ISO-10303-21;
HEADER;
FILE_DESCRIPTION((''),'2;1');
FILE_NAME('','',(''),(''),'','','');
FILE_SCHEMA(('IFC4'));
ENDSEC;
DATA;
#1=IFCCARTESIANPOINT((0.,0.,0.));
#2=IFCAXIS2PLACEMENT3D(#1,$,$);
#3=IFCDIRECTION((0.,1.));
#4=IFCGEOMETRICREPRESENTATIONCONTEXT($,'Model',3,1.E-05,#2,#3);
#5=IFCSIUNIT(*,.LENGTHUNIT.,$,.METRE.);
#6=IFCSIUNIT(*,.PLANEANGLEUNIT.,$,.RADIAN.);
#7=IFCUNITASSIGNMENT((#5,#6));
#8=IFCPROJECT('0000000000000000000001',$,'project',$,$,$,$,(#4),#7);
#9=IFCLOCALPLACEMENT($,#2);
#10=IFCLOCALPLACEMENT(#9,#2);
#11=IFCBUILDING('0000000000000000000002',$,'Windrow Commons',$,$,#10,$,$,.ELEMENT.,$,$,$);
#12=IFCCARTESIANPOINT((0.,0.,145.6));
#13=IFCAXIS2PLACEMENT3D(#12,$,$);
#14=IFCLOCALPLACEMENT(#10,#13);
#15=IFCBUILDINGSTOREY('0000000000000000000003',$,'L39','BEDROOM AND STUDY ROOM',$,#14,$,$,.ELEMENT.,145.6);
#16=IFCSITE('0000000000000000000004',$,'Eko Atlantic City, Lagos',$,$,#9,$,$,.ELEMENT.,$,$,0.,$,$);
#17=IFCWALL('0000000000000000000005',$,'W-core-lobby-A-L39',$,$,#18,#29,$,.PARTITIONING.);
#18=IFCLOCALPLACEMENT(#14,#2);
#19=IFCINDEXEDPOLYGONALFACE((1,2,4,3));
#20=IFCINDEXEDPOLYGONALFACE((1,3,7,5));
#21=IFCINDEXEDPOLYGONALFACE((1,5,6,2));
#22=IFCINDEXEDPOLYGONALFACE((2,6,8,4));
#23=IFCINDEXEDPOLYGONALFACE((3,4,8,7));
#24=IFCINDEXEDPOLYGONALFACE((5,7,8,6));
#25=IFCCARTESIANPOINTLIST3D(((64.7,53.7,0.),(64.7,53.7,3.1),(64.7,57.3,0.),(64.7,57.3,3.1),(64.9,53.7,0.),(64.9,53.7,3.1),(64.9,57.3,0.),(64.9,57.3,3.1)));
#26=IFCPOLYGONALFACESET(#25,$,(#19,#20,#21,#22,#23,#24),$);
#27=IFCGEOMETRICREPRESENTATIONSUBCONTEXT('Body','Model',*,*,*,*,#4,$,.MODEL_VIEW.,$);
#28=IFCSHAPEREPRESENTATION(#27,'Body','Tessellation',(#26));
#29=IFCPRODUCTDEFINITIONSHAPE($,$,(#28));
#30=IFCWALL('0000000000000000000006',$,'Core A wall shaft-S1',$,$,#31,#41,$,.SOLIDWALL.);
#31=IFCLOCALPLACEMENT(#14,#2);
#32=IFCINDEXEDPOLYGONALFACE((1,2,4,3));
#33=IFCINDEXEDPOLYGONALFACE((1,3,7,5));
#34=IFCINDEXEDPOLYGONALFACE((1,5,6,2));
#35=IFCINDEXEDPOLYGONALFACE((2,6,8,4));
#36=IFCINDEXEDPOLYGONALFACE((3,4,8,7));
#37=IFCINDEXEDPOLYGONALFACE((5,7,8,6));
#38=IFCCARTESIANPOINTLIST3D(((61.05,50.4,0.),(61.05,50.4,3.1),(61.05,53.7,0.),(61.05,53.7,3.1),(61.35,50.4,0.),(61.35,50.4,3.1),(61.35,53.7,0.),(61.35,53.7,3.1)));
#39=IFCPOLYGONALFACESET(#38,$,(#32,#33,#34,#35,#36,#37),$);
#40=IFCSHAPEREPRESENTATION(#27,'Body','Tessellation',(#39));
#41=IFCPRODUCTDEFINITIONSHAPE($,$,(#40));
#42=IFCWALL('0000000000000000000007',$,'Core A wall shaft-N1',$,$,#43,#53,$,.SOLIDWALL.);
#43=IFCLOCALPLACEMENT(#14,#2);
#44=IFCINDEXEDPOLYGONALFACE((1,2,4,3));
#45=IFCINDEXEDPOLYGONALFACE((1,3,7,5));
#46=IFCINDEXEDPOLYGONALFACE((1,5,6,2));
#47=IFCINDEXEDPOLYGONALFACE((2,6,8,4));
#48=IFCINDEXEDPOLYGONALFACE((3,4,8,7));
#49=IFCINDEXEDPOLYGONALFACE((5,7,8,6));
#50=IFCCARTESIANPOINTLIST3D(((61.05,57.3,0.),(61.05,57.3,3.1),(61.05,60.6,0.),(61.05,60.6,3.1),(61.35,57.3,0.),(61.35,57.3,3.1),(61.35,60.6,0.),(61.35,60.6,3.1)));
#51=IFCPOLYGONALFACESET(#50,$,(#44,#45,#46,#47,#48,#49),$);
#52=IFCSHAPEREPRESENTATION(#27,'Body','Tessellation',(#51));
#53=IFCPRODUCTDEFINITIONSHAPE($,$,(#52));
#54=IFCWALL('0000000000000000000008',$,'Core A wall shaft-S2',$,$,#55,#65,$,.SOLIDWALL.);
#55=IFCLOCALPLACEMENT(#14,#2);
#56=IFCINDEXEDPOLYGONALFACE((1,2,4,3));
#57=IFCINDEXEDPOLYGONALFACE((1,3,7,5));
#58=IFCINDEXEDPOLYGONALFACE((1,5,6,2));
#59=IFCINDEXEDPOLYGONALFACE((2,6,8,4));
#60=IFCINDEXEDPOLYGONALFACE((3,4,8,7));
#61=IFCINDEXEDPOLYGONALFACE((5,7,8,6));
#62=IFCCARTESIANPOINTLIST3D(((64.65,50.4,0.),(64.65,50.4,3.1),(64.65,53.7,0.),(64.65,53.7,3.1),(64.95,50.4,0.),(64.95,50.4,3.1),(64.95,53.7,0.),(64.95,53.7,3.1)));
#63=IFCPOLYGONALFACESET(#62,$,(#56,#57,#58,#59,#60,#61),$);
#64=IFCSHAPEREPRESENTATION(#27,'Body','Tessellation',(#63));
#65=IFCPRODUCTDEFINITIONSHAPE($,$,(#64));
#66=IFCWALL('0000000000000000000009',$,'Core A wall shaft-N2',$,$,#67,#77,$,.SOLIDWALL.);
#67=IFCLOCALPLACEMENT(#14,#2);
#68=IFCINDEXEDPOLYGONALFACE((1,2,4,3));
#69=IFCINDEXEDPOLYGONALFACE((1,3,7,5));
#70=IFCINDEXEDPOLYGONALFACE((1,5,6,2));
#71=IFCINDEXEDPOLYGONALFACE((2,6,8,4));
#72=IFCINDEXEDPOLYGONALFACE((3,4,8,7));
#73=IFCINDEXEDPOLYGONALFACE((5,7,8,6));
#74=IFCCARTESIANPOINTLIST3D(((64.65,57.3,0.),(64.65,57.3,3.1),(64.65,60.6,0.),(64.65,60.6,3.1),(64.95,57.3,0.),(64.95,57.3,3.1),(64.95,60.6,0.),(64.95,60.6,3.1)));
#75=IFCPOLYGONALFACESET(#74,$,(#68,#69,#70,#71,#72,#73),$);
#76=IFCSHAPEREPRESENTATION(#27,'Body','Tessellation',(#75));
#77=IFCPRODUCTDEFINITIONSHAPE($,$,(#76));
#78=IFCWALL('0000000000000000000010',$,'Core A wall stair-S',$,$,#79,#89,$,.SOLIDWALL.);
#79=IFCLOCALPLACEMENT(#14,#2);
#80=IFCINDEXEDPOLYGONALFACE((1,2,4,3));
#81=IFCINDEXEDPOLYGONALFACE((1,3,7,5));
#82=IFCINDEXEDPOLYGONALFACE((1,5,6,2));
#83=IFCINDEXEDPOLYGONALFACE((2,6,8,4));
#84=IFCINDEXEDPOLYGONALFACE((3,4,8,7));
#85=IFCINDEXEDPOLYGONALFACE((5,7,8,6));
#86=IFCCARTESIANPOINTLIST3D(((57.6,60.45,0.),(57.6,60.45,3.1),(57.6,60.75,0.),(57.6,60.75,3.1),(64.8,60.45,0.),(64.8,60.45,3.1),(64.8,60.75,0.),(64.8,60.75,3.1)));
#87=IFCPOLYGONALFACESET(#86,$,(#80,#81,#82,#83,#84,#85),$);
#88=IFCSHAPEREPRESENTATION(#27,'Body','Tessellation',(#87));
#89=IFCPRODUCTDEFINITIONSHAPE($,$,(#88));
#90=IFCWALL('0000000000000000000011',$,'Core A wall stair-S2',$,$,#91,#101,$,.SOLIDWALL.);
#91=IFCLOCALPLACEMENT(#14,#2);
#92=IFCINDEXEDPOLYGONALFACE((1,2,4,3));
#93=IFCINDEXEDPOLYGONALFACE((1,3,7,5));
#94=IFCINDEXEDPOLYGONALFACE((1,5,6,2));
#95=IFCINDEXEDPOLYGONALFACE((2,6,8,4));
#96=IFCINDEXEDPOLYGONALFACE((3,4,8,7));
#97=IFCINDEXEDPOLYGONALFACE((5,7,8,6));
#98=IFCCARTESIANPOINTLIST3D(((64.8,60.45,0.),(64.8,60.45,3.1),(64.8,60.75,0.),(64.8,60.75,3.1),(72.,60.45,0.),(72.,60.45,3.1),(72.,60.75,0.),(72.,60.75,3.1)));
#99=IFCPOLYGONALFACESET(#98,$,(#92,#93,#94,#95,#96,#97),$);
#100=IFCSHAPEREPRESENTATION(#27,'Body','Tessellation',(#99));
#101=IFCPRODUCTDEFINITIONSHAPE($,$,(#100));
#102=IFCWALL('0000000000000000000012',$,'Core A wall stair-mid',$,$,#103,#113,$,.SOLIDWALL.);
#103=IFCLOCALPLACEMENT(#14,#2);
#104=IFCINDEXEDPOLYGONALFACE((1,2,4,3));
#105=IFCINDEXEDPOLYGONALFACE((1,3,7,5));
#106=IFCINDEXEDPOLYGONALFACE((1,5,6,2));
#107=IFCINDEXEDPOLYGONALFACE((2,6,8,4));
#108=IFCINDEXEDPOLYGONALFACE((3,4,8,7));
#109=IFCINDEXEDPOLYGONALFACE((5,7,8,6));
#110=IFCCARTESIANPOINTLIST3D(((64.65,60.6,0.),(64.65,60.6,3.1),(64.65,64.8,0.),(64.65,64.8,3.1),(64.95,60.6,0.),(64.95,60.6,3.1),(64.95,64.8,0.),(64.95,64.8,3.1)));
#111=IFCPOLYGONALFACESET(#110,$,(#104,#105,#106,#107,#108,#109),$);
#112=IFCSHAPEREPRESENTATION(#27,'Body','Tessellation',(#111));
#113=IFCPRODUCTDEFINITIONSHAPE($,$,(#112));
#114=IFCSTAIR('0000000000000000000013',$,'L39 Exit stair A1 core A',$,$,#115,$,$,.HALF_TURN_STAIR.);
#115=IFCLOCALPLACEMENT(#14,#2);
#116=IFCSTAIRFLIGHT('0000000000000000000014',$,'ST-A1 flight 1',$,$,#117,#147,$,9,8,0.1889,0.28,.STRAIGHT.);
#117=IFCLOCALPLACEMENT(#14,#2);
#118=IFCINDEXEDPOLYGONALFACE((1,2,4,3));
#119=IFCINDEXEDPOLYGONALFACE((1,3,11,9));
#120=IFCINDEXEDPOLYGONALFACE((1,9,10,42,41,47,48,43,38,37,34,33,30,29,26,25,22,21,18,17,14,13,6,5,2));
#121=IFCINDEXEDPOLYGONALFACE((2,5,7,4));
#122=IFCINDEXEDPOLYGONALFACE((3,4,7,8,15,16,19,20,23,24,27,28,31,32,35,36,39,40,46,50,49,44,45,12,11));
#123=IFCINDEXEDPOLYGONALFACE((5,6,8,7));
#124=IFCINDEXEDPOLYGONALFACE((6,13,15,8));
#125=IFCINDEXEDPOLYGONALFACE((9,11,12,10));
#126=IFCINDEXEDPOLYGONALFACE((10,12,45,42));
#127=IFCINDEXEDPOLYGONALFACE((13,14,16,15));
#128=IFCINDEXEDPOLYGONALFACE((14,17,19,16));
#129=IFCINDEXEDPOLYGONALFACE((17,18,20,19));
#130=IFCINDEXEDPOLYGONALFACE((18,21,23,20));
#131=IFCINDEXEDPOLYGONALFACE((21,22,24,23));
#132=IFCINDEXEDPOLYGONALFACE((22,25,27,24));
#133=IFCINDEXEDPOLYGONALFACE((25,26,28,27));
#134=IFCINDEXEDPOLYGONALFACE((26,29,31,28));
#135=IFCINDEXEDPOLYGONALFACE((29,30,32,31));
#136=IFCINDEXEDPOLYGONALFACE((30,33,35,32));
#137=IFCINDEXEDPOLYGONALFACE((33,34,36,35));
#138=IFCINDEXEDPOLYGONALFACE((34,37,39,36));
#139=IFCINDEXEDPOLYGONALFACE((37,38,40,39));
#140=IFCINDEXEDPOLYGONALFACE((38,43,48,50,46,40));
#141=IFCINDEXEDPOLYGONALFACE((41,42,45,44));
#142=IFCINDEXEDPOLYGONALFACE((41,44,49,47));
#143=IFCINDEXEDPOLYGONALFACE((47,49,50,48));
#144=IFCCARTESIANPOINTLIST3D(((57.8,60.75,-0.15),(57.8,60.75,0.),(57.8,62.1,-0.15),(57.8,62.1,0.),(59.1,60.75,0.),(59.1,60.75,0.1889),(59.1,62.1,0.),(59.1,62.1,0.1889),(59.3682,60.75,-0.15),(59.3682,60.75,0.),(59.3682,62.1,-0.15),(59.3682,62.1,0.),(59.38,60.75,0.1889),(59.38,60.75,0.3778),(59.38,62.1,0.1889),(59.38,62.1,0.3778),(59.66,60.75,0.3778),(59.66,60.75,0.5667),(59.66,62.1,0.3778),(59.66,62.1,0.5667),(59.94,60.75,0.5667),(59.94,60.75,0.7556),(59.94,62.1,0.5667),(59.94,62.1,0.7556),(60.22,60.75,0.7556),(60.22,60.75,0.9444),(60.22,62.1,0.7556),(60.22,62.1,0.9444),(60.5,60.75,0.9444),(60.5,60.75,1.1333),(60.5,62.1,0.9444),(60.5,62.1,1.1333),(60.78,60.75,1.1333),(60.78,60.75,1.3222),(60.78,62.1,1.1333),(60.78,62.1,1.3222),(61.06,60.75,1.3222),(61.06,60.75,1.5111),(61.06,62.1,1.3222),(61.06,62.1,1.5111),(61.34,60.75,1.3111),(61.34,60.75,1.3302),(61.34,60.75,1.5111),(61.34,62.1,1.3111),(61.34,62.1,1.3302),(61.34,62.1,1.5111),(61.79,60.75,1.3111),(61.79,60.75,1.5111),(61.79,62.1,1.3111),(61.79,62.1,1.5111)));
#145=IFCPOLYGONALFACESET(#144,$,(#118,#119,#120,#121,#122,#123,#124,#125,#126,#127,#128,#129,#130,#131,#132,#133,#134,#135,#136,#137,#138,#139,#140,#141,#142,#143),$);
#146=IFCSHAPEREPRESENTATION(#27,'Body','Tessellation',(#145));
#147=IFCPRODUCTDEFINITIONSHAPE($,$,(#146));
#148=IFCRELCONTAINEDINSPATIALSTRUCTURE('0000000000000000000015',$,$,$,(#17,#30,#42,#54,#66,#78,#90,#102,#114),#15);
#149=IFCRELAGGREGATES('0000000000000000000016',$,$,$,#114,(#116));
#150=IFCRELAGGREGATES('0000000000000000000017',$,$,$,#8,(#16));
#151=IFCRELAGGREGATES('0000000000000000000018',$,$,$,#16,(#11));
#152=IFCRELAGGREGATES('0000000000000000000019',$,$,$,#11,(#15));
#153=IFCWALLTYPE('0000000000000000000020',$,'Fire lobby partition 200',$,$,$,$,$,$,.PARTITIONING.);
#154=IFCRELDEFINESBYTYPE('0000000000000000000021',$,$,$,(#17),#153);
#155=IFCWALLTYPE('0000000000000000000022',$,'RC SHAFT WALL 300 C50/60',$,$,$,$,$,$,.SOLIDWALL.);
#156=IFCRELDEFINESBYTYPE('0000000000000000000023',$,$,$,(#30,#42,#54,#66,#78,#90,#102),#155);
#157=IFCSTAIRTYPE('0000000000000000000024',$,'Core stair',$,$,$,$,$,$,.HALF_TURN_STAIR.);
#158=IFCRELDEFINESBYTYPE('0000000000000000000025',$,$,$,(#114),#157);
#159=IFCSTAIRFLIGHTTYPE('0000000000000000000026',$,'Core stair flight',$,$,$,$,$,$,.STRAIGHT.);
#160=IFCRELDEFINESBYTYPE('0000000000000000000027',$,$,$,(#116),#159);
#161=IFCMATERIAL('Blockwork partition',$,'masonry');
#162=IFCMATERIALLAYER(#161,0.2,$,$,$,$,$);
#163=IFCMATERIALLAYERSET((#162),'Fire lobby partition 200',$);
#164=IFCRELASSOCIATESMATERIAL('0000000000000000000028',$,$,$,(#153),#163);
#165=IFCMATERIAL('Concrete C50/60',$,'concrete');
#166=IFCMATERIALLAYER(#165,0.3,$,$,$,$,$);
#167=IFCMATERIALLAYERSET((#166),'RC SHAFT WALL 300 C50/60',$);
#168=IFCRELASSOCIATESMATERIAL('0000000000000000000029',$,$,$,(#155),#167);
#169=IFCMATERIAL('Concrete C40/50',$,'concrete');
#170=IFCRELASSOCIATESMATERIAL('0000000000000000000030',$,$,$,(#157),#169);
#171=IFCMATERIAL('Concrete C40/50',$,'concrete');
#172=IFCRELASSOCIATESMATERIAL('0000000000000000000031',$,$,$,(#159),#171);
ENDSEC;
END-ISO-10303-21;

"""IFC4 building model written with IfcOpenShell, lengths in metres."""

from ifc_helpers import new_model, si_unit, direction, frame, frame_2d, origin, place, context, subcontext, project, spatial, polyline, rectangle, outline, extrude, material, layer, layer_set, type_object, element, aggregate, save


model = new_model("IFC4")

# Units and contexts
model_context = context("Model", 3, precision=1e-05, world=origin(), true_north=direction((0.0, 1.0)))
body_context = subcontext(model_context, "Body", "Model", "MODEL_VIEW")
ifc_project = project(units=[si_unit("LENGTHUNIT", "METRE"), si_unit("PLANEANGLEUNIT", "RADIAN")], contexts=[model_context])

# Site, building, storey
site_placement = place(None, origin())
site = spatial("IfcSite", under=ifc_project, at=site_placement, Name="Eko Atlantic City, Lagos", CompositionType="ELEMENT", RefElevation=0.0)
building_placement = place(site_placement, origin())
building = spatial("IfcBuilding", under=site, at=building_placement, Name="Windrow Commons", CompositionType="ELEMENT")
storey_placement = place(building_placement, frame((0.0, 0.0, 145.6)))
storey = spatial("IfcBuildingStorey", under=building, at=storey_placement, Name="L39", Description="BEDROOM AND STUDY ROOM", CompositionType="ELEMENT", Elevation=145.6)

# Walls
ifc_material_1 = material(Name="Blockwork partition", Category="masonry")
ifc_layer_1 = layer(ifc_material_1, 0.2)
ifc_layer_set_1 = layer_set([ifc_layer_1], Name="Fire lobby partition 200")
wall_type_1 = type_object("IfcWallType", Name="Fire lobby partition 200", PredefinedType="PARTITIONING", material=ifc_layer_set_1)
wall_1_placement = place(storey_placement, frame((64.8, 53.7, 0.0), z_axis=(0.0, 0.0, 1.0), x_axis=(0.0, 1.0, 0.0)))
element("IfcWall", 1, at=wall_1_placement, inside=storey, type_object=wall_type_1, Name="W-core-lobby-A-L39", PredefinedType="PARTITIONING", context=body_context, shape_type="SweptSolid", body=[
    extrude(rectangle(XDim=3.6, YDim=0.2, at=frame_2d((1.8, 0.0))), origin(), (0.0, 0.0, 1.0), 3.1),
])
ifc_material_2 = material(Name="Concrete C50/60", Category="concrete")
ifc_layer_2 = layer(ifc_material_2, 0.3)
ifc_layer_set_2 = layer_set([ifc_layer_2], Name="RC SHAFT WALL 300 C50/60")
wall_type_2 = type_object("IfcWallType", Name="RC SHAFT WALL 300 C50/60", PredefinedType="SOLIDWALL", material=ifc_layer_set_2)
for number, where, z_axis, x_axis, name in (
    (2, (61.2, 50.4, 0.0), (0.0, 0.0, 1.0), (0.0, 1.0, 0.0), "Core A wall shaft-S1"),
    (3, (61.2, 57.3, 0.0), (0.0, 0.0, 1.0), (0.0, 1.0, 0.0), "Core A wall shaft-N1"),
    (4, (64.8, 50.4, 0.0), (0.0, 0.0, 1.0), (0.0, 1.0, 0.0), "Core A wall shaft-S2"),
    (5, (64.8, 57.3, 0.0), (0.0, 0.0, 1.0), (0.0, 1.0, 0.0), "Core A wall shaft-N2"),
):
    element("IfcWall", number, at=place(storey_placement, frame(where, z_axis=z_axis, x_axis=x_axis)), inside=storey, type_object=wall_type_2, Name=name, PredefinedType="SOLIDWALL", context=body_context, shape_type="SweptSolid", body=[
        extrude(rectangle(XDim=3.3, YDim=0.3, at=frame_2d((1.65, 0.0))), origin(), (0.0, 0.0, 1.0), 3.1),
    ])
for number, where, z_axis, x_axis, name in (
    (6, (57.6, 60.6, 0.0), (0.0, 0.0, 1.0), (1.0, 0.0, 0.0), "Core A wall stair-S"),
    (7, (64.8, 60.6, 0.0), (0.0, 0.0, 1.0), (1.0, 0.0, 0.0), "Core A wall stair-S2"),
):
    element("IfcWall", number, at=place(storey_placement, frame(where, z_axis=z_axis, x_axis=x_axis)), inside=storey, type_object=wall_type_2, Name=name, PredefinedType="SOLIDWALL", context=body_context, shape_type="SweptSolid", body=[
        extrude(rectangle(XDim=7.2, YDim=0.3, at=frame_2d((3.6, 0.0))), origin(), (0.0, 0.0, 1.0), 3.1),
    ])
wall_2_placement = place(storey_placement, frame((64.8, 60.6, 0.0), z_axis=(0.0, 0.0, 1.0), x_axis=(0.0, 1.0, 0.0)))
element("IfcWall", 8, at=wall_2_placement, inside=storey, type_object=wall_type_2, Name="Core A wall stair-mid", PredefinedType="SOLIDWALL", context=body_context, shape_type="SweptSolid", body=[
    extrude(rectangle(XDim=4.2, YDim=0.3, at=frame_2d((2.1, 0.0))), origin(), (0.0, 0.0, 1.0), 3.1),
])

# Stair, stair flight
ifc_material_3 = material(Name="Concrete C40/50", Category="concrete")
stair_type = type_object("IfcStairType", Name="Core stair", PredefinedType="HALF_TURN_STAIR", material=ifc_material_3)
stair_placement = place(storey_placement, origin())
stair = element("IfcStair", 9, at=stair_placement, inside=storey, type_object=stair_type, Name="L39 Exit stair A1 core A", PredefinedType="HALF_TURN_STAIR")
ifc_material_4 = material(Name="Concrete C40/50", Category="concrete")
stair_flight_type = type_object("IfcStairFlightType", Name="Core stair flight", PredefinedType="STRAIGHT", material=ifc_material_4)
stair_flight_placement = place(storey_placement, frame((59.1, 61.425, 0.0), z_axis=(0.0, 0.0, 1.0), x_axis=(1.0, 0.0, 0.0)))
stair_flight = element("IfcStairFlight", 10, at=stair_flight_placement, type_object=stair_flight_type, Name="ST-A1 flight 1", NumberOfRisers=9, NumberOfTreads=8, PredefinedType="STRAIGHT", RiserHeight=0.1889, TreadLength=0.28, context=body_context, shape_type="SweptSolid", body=[
    extrude(outline(polyline([(-1.3, -0.15), (-1.3, 0.0), (0.0, 0.0), (0.0, 0.1889), (0.28, 0.1889), (0.28, 0.3778), (0.56, 0.3778), (0.56, 0.5667), (0.84, 0.5667), (0.84, 0.7556), (1.12, 0.7556), (1.12, 0.9444), (1.4, 0.9444), (1.4, 1.1333), (1.68, 1.1333), (1.68, 1.3222), (1.96, 1.3222), (1.96, 1.5111), (2.24, 1.5111), (2.69, 1.5111), (2.69, 1.3111), (2.24, 1.3111), (2.24, 1.3302), (0.2682, 0.0), (0.2682, -0.15), (-1.3, -0.15)])), frame((0.0, 0.675, 0.0), z_axis=(0.0, -1.0, 0.0), x_axis=(1.0, 0.0, 0.0)), (0.0, 0.0, 1.0), 1.35),
])
aggregate(stair, [stair_flight])

save(model, "model.ifc")
